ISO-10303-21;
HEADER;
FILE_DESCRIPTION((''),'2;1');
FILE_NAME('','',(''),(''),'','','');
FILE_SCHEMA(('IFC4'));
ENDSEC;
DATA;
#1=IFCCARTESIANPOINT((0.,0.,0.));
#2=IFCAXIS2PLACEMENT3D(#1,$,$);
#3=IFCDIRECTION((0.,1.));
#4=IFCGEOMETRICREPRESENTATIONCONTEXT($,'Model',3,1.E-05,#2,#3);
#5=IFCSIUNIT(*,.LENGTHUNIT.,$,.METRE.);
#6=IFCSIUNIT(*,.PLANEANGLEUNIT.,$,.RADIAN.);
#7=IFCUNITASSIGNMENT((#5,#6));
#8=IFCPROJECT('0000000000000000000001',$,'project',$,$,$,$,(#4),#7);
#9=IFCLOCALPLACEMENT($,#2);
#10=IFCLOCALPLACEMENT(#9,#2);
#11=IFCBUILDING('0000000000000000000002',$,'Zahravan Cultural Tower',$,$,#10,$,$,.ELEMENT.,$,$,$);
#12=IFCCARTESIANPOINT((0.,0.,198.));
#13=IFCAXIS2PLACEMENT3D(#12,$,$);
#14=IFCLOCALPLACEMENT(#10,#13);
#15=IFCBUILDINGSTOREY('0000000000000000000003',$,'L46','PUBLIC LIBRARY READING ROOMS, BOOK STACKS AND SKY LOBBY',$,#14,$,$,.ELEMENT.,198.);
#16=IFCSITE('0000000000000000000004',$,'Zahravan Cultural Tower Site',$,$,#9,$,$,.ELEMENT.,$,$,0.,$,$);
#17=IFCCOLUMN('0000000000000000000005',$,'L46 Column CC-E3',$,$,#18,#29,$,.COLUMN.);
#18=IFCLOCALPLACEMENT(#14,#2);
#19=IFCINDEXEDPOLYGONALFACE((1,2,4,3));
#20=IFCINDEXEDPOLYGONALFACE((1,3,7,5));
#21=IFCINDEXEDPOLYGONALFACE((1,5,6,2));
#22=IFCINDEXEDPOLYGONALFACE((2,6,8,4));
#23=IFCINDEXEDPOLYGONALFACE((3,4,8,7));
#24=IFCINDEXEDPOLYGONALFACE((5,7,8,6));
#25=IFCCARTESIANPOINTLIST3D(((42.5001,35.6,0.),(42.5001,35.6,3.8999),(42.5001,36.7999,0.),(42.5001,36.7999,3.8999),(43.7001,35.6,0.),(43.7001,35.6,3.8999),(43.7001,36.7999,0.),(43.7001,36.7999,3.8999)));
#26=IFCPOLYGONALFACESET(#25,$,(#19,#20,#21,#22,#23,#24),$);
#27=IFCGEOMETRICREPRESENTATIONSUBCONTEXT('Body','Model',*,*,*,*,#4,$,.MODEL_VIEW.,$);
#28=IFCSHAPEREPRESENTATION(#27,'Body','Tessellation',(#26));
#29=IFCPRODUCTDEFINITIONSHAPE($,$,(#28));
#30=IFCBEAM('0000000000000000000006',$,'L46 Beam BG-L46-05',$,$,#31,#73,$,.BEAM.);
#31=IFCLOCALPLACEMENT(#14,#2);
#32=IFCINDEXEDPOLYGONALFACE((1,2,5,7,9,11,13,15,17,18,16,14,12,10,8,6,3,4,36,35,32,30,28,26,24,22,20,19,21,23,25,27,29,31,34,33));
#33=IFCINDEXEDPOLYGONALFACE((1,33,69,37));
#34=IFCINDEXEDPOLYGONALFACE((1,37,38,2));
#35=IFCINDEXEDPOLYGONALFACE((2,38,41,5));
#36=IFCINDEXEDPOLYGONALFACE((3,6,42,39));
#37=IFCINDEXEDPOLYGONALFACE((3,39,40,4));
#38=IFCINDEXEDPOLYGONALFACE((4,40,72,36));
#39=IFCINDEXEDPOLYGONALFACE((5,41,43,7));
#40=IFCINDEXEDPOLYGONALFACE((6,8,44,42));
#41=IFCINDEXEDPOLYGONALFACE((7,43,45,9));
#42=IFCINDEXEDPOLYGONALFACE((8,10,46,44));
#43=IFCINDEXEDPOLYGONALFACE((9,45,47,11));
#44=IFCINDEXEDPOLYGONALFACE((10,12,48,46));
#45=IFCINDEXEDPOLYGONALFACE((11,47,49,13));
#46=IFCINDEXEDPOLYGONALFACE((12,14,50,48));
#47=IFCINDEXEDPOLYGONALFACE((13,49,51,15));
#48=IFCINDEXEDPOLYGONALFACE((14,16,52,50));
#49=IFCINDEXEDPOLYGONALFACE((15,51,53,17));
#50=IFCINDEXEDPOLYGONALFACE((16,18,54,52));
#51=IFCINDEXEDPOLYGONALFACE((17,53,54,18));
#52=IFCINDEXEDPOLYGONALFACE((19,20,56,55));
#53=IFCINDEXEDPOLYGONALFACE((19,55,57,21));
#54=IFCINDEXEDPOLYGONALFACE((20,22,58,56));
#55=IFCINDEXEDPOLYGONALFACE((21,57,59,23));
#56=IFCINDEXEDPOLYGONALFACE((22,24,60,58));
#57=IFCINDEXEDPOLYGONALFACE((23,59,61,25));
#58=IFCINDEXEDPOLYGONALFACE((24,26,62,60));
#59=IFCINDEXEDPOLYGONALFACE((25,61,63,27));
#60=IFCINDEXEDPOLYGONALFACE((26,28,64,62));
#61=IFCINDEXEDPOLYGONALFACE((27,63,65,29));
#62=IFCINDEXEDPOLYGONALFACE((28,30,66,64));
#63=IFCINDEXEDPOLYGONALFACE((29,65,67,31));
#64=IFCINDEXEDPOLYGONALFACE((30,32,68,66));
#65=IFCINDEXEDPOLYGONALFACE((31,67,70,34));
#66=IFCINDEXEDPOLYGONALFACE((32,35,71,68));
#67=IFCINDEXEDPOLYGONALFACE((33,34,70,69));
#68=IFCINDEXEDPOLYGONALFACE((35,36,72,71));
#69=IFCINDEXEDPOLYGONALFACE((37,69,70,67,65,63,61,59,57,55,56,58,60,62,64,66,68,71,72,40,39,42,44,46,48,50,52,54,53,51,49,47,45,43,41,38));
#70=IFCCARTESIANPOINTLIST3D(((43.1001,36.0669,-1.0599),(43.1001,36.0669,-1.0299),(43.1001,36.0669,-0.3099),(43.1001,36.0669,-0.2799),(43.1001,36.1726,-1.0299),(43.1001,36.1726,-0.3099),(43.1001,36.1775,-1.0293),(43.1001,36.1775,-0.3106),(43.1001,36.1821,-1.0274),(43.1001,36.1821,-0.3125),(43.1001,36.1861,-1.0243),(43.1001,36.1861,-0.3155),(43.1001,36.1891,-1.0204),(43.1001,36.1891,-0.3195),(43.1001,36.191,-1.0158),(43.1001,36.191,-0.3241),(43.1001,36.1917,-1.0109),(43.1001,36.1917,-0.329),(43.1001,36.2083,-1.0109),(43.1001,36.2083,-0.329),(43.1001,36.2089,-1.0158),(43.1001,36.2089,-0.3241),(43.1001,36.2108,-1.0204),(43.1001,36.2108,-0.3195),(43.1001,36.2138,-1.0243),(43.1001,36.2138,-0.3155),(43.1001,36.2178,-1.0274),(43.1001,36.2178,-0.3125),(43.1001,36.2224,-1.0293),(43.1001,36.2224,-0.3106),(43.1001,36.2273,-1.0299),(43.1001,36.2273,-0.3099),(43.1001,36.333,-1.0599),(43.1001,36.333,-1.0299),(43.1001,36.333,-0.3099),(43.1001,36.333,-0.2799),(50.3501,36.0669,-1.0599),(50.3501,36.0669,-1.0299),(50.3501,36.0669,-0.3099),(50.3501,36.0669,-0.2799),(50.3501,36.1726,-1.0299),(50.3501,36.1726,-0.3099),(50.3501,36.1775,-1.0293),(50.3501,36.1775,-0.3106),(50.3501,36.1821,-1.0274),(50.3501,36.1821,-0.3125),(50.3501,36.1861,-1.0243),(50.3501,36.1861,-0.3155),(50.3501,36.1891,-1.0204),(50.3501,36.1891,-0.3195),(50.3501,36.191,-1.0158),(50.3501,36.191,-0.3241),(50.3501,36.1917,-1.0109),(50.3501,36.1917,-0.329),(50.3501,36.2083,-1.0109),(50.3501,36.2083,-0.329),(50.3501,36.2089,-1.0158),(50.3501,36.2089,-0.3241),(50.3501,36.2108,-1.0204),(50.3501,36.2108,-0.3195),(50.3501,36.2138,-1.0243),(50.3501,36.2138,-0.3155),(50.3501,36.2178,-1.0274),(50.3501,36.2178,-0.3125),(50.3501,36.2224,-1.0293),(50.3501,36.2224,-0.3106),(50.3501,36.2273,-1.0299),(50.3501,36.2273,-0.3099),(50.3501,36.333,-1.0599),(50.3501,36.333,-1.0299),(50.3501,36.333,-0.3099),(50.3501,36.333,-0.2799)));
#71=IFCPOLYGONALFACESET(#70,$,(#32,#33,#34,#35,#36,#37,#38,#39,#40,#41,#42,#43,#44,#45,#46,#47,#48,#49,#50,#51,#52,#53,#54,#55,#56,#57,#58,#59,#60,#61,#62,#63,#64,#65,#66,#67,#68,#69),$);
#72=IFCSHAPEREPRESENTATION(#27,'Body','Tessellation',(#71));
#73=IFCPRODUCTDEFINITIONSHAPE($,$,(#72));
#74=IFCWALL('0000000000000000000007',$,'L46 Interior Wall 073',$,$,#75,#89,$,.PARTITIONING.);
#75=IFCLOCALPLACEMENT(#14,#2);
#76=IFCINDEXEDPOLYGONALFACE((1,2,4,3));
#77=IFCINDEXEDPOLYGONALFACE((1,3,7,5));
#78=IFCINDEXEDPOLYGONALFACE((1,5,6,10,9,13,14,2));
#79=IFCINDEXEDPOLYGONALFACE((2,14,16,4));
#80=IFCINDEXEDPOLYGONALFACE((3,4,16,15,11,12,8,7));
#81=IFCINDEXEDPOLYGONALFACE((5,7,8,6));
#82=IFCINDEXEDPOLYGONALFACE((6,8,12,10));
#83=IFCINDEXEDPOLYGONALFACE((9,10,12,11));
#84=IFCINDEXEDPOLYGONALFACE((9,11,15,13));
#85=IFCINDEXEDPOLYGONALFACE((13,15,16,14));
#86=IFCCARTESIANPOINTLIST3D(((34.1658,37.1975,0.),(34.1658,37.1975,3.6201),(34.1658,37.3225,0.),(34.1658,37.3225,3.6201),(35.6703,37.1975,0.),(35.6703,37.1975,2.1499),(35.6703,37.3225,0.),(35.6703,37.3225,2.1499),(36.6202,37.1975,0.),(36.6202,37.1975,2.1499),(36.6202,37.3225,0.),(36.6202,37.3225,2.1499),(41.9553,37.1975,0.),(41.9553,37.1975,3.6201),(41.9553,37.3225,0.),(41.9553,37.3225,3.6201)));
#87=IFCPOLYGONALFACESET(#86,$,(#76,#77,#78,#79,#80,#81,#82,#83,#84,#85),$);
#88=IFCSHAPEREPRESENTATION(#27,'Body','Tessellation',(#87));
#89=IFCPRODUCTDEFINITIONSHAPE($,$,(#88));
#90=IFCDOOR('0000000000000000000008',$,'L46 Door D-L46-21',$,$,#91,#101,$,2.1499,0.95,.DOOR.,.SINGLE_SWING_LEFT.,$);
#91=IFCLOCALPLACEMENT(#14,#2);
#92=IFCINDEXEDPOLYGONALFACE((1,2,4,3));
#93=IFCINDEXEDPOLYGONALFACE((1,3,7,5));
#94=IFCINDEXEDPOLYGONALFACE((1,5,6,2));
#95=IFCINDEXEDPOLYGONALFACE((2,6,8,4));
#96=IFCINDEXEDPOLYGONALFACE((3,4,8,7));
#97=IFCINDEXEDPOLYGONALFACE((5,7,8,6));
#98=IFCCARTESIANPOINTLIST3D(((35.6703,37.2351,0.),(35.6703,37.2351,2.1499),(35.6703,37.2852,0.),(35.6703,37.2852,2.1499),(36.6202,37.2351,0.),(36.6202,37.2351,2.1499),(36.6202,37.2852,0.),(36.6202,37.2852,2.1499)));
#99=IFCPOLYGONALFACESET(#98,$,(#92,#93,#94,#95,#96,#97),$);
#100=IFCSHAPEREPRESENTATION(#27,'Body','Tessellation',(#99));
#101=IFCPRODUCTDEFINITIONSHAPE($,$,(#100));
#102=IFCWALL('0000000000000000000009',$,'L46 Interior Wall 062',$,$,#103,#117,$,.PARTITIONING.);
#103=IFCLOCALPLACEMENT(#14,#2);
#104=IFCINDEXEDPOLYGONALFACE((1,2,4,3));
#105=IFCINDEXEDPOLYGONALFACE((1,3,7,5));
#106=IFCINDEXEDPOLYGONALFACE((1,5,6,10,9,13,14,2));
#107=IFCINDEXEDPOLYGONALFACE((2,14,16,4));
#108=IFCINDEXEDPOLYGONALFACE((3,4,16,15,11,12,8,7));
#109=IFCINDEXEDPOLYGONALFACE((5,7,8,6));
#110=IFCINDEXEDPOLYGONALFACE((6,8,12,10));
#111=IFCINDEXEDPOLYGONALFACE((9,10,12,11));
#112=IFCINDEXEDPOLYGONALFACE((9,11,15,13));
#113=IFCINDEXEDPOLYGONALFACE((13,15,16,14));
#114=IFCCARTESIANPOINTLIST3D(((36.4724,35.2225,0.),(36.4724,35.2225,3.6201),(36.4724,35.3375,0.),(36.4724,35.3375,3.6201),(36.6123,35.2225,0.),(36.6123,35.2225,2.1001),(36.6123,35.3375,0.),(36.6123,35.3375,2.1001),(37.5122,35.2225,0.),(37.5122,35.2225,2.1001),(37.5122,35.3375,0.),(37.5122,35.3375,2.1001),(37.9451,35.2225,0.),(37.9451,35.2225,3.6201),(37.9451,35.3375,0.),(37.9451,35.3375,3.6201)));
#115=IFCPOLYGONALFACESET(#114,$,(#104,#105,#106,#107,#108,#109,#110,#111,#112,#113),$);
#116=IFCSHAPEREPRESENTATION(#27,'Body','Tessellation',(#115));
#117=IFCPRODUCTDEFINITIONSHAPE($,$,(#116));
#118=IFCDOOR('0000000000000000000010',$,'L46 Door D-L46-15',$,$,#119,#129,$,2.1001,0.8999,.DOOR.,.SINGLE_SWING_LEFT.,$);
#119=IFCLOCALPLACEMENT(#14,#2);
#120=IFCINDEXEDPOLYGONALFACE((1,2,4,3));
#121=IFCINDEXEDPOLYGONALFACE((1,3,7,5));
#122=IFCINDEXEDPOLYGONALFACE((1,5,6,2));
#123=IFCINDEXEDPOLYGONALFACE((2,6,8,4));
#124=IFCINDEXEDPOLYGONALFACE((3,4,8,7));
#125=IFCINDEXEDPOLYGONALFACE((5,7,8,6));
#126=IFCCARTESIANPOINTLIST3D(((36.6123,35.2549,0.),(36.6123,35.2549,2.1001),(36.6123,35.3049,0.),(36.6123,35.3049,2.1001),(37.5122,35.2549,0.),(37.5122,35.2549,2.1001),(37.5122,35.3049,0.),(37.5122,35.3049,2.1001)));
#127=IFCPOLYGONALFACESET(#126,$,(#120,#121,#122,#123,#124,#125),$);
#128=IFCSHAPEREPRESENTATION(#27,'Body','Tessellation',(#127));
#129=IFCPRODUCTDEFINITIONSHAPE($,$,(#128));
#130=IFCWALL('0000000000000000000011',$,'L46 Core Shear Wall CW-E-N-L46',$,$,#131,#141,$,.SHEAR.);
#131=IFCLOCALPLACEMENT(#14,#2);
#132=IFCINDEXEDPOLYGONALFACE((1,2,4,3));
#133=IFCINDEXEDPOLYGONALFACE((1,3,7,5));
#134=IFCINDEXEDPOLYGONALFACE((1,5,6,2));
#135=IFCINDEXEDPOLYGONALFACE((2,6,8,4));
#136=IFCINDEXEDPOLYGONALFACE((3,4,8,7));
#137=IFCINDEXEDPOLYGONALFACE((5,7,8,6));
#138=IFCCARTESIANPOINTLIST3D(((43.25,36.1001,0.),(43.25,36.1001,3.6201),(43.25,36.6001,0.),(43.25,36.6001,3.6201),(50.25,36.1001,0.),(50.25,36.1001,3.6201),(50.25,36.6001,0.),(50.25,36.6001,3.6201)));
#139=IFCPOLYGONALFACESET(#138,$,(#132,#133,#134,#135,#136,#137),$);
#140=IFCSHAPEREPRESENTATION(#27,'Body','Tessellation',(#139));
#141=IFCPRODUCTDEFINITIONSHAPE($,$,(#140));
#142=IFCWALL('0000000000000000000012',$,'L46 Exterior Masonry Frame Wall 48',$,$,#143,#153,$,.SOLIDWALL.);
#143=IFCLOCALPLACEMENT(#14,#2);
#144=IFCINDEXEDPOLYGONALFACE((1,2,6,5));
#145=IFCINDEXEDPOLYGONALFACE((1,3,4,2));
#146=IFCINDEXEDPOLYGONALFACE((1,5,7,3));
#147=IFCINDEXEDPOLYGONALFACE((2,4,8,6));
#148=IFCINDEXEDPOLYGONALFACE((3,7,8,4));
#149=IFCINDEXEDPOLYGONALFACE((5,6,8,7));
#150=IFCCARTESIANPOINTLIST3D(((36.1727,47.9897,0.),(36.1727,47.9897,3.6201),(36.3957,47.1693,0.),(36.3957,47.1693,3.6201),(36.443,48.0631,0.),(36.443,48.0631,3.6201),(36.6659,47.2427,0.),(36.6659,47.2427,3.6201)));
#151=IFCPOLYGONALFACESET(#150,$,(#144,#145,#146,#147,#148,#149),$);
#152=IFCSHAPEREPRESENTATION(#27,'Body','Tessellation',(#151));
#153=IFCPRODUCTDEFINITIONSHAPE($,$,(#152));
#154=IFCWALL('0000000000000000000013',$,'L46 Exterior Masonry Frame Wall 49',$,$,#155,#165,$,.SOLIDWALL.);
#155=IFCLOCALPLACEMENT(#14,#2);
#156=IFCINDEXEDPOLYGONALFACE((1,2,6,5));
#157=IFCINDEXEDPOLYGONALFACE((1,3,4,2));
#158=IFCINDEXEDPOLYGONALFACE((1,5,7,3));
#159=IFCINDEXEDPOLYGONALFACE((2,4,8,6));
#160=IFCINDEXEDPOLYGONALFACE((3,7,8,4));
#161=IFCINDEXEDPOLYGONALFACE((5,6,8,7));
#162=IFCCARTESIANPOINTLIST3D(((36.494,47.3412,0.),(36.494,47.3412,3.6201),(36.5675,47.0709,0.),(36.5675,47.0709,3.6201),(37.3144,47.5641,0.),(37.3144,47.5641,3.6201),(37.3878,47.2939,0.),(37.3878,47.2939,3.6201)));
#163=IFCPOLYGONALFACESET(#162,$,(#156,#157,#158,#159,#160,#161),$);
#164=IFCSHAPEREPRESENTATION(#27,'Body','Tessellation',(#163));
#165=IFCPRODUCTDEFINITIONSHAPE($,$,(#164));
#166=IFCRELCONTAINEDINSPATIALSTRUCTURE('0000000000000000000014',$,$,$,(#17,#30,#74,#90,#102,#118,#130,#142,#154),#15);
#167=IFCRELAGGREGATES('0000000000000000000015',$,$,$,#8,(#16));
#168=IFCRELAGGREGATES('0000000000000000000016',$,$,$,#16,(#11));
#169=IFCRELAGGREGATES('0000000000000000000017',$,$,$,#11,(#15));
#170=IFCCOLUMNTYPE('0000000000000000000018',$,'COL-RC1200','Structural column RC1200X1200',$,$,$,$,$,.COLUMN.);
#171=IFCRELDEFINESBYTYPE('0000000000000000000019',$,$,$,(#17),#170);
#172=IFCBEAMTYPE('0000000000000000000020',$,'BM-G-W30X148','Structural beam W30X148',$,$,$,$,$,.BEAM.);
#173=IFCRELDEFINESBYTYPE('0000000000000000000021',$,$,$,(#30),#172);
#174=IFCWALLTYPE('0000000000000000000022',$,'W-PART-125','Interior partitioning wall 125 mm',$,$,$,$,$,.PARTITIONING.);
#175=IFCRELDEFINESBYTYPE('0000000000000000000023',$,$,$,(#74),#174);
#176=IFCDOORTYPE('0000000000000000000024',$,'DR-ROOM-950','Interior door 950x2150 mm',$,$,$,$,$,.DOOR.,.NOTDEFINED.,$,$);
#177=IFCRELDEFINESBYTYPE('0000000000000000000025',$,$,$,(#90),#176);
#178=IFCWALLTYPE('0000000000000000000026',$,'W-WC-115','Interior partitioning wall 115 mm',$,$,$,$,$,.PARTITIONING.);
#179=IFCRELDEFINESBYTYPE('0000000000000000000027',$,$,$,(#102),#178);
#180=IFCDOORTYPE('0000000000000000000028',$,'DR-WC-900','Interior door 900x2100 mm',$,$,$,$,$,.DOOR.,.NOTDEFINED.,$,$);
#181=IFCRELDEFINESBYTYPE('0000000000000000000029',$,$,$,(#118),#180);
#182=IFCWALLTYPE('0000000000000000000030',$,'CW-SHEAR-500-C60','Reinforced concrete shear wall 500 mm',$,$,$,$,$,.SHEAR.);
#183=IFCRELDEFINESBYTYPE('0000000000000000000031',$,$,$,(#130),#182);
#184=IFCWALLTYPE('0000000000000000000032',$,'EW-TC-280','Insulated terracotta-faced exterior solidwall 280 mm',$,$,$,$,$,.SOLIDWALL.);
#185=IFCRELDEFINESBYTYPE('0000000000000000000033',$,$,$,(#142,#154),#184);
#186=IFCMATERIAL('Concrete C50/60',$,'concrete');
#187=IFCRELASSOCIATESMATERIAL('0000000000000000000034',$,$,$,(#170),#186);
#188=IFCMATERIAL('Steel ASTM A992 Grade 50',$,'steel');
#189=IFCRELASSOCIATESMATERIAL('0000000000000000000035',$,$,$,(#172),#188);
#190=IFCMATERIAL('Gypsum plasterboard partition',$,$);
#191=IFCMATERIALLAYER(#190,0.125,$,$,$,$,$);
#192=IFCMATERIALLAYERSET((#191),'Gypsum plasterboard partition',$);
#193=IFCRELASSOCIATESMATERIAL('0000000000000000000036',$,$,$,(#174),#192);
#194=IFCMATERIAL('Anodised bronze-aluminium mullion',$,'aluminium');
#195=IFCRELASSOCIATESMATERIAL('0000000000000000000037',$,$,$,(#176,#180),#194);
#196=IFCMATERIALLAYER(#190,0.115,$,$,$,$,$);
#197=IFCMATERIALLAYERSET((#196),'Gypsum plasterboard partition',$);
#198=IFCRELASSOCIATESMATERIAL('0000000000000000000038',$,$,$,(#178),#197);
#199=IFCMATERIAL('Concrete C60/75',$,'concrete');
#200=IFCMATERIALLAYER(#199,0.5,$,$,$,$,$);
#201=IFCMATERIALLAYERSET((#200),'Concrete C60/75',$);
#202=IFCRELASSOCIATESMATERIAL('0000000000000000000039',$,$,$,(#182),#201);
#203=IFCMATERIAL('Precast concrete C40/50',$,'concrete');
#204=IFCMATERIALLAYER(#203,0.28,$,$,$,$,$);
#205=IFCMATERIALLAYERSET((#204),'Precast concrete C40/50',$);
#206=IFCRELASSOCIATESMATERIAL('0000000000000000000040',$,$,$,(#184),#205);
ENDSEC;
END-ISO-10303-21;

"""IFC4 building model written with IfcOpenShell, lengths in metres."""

from ifc_helpers import new_model, si_unit, direction, frame, frame_2d, origin, origin_2d, place, context, subcontext, project, spatial, rectangle, i_section, extrude, source, transform, mapped, material, layer, layer_set, material_profile, profile_set, type_object, element, fill, save


model = new_model("IFC4")

# Units and contexts
model_context = context("Model", 3, precision=1e-05, world=origin(), true_north=direction((0.0, 1.0)))
body_context = subcontext(model_context, "Body", "Model", "MODEL_VIEW")
ifc_project = project(units=[si_unit("LENGTHUNIT", "METRE"), si_unit("PLANEANGLEUNIT", "RADIAN")], contexts=[model_context])

# Site, building, storey
site_placement = place(None, origin())
site = spatial("IfcSite", under=ifc_project, at=site_placement, Name="Zahravan Cultural Tower Site", CompositionType="ELEMENT", RefElevation=0.0)
building_placement = place(site_placement, origin())
building = spatial("IfcBuilding", under=site, at=building_placement, Name="Zahravan Cultural Tower", CompositionType="ELEMENT")
storey_placement = place(building_placement, frame((0.0, 0.0, 198.0)))
storey = spatial("IfcBuildingStorey", under=building, at=storey_placement, Name="L46", Description="PUBLIC LIBRARY READING ROOMS, BOOK STACKS AND SKY LOBBY", CompositionType="ELEMENT", Elevation=198.0)

# Column
ifc_material_1 = material(Name="Concrete C50/60", Category="concrete")
ifc_material_profile_1 = material_profile(ifc_material_1, rectangle(XDim=1.2, YDim=1.2, at=origin_2d()), Name="RC1200X1200")
ifc_profile_set_1 = profile_set([ifc_material_profile_1], Name="Concrete C50/60")
column_type = type_object("IfcColumnType", Name="COL-RC1200", Description="Structural column RC1200X1200", PredefinedType="COLUMN", material=ifc_profile_set_1)
shared_shape_1 = source(origin(), body_context, "Body", "SweptSolid", [
    extrude(rectangle(XDim=1.2, YDim=1.2, at=origin_2d()), origin(), (0.0, 0.0, 1.0), 3.8999),
])
column_placement = place(storey_placement, frame((43.1001, 36.2, 0.0), z_axis=(0.0, 0.0, 1.0), x_axis=(1.0, 0.0, 0.0)))
element("IfcColumn", 1, at=column_placement, inside=storey, type_object=column_type, Name="L46 Column CC-E3", PredefinedType="COLUMN", context=body_context, shape_type="MappedRepresentation", body=[
    mapped(shared_shape_1, transform((0.0, 0.0, 0.0), x_axis=(1.0, 0.0, 0.0), y_axis=(0.0, 1.0, 0.0), z_axis=(0.0, 0.0, 1.0), scale=1.0)),
])

# Beam
ifc_material_2 = material(Name="Steel ASTM A992 Grade 50", Category="steel")
ifc_material_profile_2 = material_profile(ifc_material_2, i_section(OverallWidth=0.2661, OverallDepth=0.78, WebThickness=0.0166, FlangeThickness=0.03, FilletRadius=0.019, at=origin_2d()), Name="W30X148")
ifc_profile_set_2 = profile_set([ifc_material_profile_2], Name="Steel ASTM A992 Grade 50")
beam_type = type_object("IfcBeamType", Name="BM-G-W30X148", Description="Structural beam W30X148", PredefinedType="BEAM", material=ifc_profile_set_2)
shared_shape_2 = source(origin(), body_context, "Body", "SweptSolid", [
    extrude(i_section(OverallWidth=0.2661, OverallDepth=0.78, WebThickness=0.0166, FlangeThickness=0.03, FilletRadius=0.019, at=origin_2d()), origin(), (0.0, 0.0, 1.0), 7.25),
])
beam_placement = place(storey_placement, frame((43.1001, 36.2, -0.6699), z_axis=(1.0, 0.0, 0.0), x_axis=(0.0, 1.0, 0.0)))
element("IfcBeam", 2, at=beam_placement, inside=storey, type_object=beam_type, Name="L46 Beam BG-L46-05", PredefinedType="BEAM", context=body_context, shape_type="MappedRepresentation", body=[
    mapped(shared_shape_2, transform((0.0, 0.0, 0.0), x_axis=(1.0, 0.0, 0.0), y_axis=(0.0, 1.0, 0.0), z_axis=(0.0, 0.0, 1.0), scale=1.0)),
])

# Walls, openings, doors
ifc_material_3 = material(Name="Gypsum plasterboard partition")
ifc_layer_1 = layer(ifc_material_3, 0.125)
ifc_layer_set_1 = layer_set([ifc_layer_1], Name="Gypsum plasterboard partition")
wall_type_1 = type_object("IfcWallType", Name="W-PART-125", Description="Interior partitioning wall 125 mm", PredefinedType="PARTITIONING", material=ifc_layer_set_1)
wall_1_placement = place(storey_placement, frame((41.9553, 37.26, 0.0), z_axis=(0.0, 0.0, 1.0), x_axis=(-1.0, 0.0, 0.0)))
wall_1 = element("IfcWall", 3, at=wall_1_placement, inside=storey, type_object=wall_type_1, Name="L46 Interior Wall 073", PredefinedType="PARTITIONING", context=body_context, shape_type="SweptSolid", body=[
    extrude(rectangle(XDim=7.7896, YDim=0.125, at=frame_2d((3.8948, 0.0))), origin(), (0.0, 0.0, 1.0), 3.6201),
])
opening_1_placement = place(wall_1_placement, frame((5.335, 0.0, 0.0)))
opening_1 = element("IfcOpeningElement", 4, at=opening_1_placement, cuts=wall_1, PredefinedType="OPENING", context=body_context, shape_type="SweptSolid", body=[
    extrude(rectangle(XDim=0.95, YDim=2.1499, at=frame_2d((0.4751, 1.075))), frame((0.0, 0.0725, 0.0), z_axis=(0.0, -1.0, 0.0), x_axis=(1.0, 0.0, 0.0)), (0.0, 0.0, 1.0), 0.145),
])
ifc_material_4 = material(Name="Anodised bronze-aluminium mullion", Category="aluminium")
door_type_1 = type_object("IfcDoorType", Name="DR-ROOM-950", Description="Interior door 950x2150 mm", OperationType="NOTDEFINED", PredefinedType="DOOR", material=ifc_material_4)
shared_shape_3 = source(origin(), body_context, "Body", "SweptSolid", [
    extrude(rectangle(XDim=0.95, YDim=2.1499, at=frame_2d((0.4751, 1.075))), frame((0.0, 0.0249, 0.0), z_axis=(0.0, -1.0, 0.0), x_axis=(1.0, 0.0, 0.0)), (0.0, 0.0, 1.0), 0.05),
])
door_1_placement = place(opening_1_placement, origin())
door_1 = element("IfcDoor", 5, at=door_1_placement, inside=storey, type_object=door_type_1, Name="L46 Door D-L46-21", OperationType="SINGLE_SWING_LEFT", OverallHeight=2.1499, OverallWidth=0.95, PredefinedType="DOOR", context=body_context, shape_type="MappedRepresentation", body=[
    mapped(shared_shape_3, transform((0.0, 0.0, 0.0), x_axis=(1.0, 0.0, 0.0), y_axis=(0.0, 1.0, 0.0), z_axis=(0.0, 0.0, 1.0), scale=1.0)),
])
fill(opening_1, door_1)
ifc_layer_2 = layer(ifc_material_3, 0.115)
ifc_layer_set_2 = layer_set([ifc_layer_2], Name="Gypsum plasterboard partition")
wall_type_2 = type_object("IfcWallType", Name="W-WC-115", Description="Interior partitioning wall 115 mm", PredefinedType="PARTITIONING", material=ifc_layer_set_2)
wall_2_placement = place(storey_placement, frame((36.4724, 35.28, 0.0), z_axis=(0.0, 0.0, 1.0), x_axis=(1.0, 0.0, 0.0)))
wall_2 = element("IfcWall", 6, at=wall_2_placement, inside=storey, type_object=wall_type_2, Name="L46 Interior Wall 062", PredefinedType="PARTITIONING", context=body_context, shape_type="SweptSolid", body=[
    extrude(rectangle(XDim=1.4727, YDim=0.115, at=frame_2d((0.7363, 0.0))), origin(), (0.0, 0.0, 1.0), 3.6201),
])
opening_2_placement = place(wall_2_placement, frame((0.1399, 0.0, 0.0)))
opening_2 = element("IfcOpeningElement", 7, at=opening_2_placement, cuts=wall_2, PredefinedType="OPENING", context=body_context, shape_type="SweptSolid", body=[
    extrude(rectangle(XDim=0.8999, YDim=2.1001, at=frame_2d((0.45, 1.05))), frame((0.0, 0.0674, 0.0), z_axis=(0.0, -1.0, 0.0), x_axis=(1.0, 0.0, 0.0)), (0.0, 0.0, 1.0), 0.135),
])
door_type_2 = type_object("IfcDoorType", Name="DR-WC-900", Description="Interior door 900x2100 mm", OperationType="NOTDEFINED", PredefinedType="DOOR", material=ifc_material_4)
shared_shape_4 = source(origin(), body_context, "Body", "SweptSolid", [
    extrude(rectangle(XDim=0.8999, YDim=2.1001, at=frame_2d((0.45, 1.05))), frame((0.0, 0.0249, 0.0), z_axis=(0.0, -1.0, 0.0), x_axis=(1.0, 0.0, 0.0)), (0.0, 0.0, 1.0), 0.05),
])
door_2_placement = place(opening_2_placement, origin())
door_2 = element("IfcDoor", 8, at=door_2_placement, inside=storey, type_object=door_type_2, Name="L46 Door D-L46-15", OperationType="SINGLE_SWING_LEFT", OverallHeight=2.1001, OverallWidth=0.8999, PredefinedType="DOOR", context=body_context, shape_type="MappedRepresentation", body=[
    mapped(shared_shape_4, transform((0.0, 0.0, 0.0), x_axis=(1.0, 0.0, 0.0), y_axis=(0.0, 1.0, 0.0), z_axis=(0.0, 0.0, 1.0), scale=1.0)),
])
fill(opening_2, door_2)

# Walls
ifc_material_5 = material(Name="Concrete C60/75", Category="concrete")
ifc_layer_3 = layer(ifc_material_5, 0.5)
ifc_layer_set_3 = layer_set([ifc_layer_3], Name="Concrete C60/75")
wall_type_3 = type_object("IfcWallType", Name="CW-SHEAR-500-C60", Description="Reinforced concrete shear wall 500 mm", PredefinedType="SHEAR", material=ifc_layer_set_3)
shared_shape_5 = source(origin(), body_context, "Body", "SweptSolid", [
    extrude(rectangle(XDim=7.0, YDim=0.5, at=frame_2d((3.5, 0.0))), origin(), (0.0, 0.0, 1.0), 3.6201),
])
wall_3_placement = place(storey_placement, frame((43.25, 36.3501, 0.0), z_axis=(0.0, 0.0, 1.0), x_axis=(1.0, 0.0, 0.0)))
element("IfcWall", 9, at=wall_3_placement, inside=storey, type_object=wall_type_3, Name="L46 Core Shear Wall CW-E-N-L46", PredefinedType="SHEAR", context=body_context, shape_type="MappedRepresentation", body=[
    mapped(shared_shape_5, transform((0.0, 0.0, 0.0), x_axis=(1.0, 0.0, 0.0), y_axis=(0.0, 1.0, 0.0), z_axis=(0.0, 0.0, 1.0), scale=1.0)),
])
ifc_material_6 = material(Name="Precast concrete C40/50", Category="concrete")
ifc_layer_4 = layer(ifc_material_6, 0.28)
ifc_layer_set_4 = layer_set([ifc_layer_4], Name="Precast concrete C40/50")
wall_type_4 = type_object("IfcWallType", Name="EW-TC-280", Description="Insulated terracotta-faced exterior solidwall 280 mm", PredefinedType="SOLIDWALL", material=ifc_layer_set_4)
shared_shape_6 = source(origin(), body_context, "Body", "SweptSolid", [
    extrude(rectangle(XDim=0.8501, YDim=0.28, at=frame_2d((0.425, 0.0))), origin(), (0.0, 0.0, 1.0), 3.6201),
])
for number, where, z_axis, x_axis, name in (
    (10, (36.3079, 48.0264, 0.0), (0.0, 0.0, 1.0), (0.262218, -0.965009, 0.0), "L46 Exterior Masonry Frame Wall 48"),
    (11, (36.5308, 47.2061, 0.0), (0.0, 0.0, 1.0), (0.965009, 0.262218, 0.0), "L46 Exterior Masonry Frame Wall 49"),
):
    element("IfcWall", number, at=place(storey_placement, frame(where, z_axis=z_axis, x_axis=x_axis)), inside=storey, type_object=wall_type_4, Name=name, PredefinedType="SOLIDWALL", context=body_context, shape_type="MappedRepresentation", body=[
        mapped(shared_shape_6, transform((0.0, 0.0, 0.0), x_axis=(1.0, 0.0, 0.0), y_axis=(0.0, 1.0, 0.0), z_axis=(0.0, 0.0, 1.0), scale=1.0)),
    ])

save(model, "model.ifc")
